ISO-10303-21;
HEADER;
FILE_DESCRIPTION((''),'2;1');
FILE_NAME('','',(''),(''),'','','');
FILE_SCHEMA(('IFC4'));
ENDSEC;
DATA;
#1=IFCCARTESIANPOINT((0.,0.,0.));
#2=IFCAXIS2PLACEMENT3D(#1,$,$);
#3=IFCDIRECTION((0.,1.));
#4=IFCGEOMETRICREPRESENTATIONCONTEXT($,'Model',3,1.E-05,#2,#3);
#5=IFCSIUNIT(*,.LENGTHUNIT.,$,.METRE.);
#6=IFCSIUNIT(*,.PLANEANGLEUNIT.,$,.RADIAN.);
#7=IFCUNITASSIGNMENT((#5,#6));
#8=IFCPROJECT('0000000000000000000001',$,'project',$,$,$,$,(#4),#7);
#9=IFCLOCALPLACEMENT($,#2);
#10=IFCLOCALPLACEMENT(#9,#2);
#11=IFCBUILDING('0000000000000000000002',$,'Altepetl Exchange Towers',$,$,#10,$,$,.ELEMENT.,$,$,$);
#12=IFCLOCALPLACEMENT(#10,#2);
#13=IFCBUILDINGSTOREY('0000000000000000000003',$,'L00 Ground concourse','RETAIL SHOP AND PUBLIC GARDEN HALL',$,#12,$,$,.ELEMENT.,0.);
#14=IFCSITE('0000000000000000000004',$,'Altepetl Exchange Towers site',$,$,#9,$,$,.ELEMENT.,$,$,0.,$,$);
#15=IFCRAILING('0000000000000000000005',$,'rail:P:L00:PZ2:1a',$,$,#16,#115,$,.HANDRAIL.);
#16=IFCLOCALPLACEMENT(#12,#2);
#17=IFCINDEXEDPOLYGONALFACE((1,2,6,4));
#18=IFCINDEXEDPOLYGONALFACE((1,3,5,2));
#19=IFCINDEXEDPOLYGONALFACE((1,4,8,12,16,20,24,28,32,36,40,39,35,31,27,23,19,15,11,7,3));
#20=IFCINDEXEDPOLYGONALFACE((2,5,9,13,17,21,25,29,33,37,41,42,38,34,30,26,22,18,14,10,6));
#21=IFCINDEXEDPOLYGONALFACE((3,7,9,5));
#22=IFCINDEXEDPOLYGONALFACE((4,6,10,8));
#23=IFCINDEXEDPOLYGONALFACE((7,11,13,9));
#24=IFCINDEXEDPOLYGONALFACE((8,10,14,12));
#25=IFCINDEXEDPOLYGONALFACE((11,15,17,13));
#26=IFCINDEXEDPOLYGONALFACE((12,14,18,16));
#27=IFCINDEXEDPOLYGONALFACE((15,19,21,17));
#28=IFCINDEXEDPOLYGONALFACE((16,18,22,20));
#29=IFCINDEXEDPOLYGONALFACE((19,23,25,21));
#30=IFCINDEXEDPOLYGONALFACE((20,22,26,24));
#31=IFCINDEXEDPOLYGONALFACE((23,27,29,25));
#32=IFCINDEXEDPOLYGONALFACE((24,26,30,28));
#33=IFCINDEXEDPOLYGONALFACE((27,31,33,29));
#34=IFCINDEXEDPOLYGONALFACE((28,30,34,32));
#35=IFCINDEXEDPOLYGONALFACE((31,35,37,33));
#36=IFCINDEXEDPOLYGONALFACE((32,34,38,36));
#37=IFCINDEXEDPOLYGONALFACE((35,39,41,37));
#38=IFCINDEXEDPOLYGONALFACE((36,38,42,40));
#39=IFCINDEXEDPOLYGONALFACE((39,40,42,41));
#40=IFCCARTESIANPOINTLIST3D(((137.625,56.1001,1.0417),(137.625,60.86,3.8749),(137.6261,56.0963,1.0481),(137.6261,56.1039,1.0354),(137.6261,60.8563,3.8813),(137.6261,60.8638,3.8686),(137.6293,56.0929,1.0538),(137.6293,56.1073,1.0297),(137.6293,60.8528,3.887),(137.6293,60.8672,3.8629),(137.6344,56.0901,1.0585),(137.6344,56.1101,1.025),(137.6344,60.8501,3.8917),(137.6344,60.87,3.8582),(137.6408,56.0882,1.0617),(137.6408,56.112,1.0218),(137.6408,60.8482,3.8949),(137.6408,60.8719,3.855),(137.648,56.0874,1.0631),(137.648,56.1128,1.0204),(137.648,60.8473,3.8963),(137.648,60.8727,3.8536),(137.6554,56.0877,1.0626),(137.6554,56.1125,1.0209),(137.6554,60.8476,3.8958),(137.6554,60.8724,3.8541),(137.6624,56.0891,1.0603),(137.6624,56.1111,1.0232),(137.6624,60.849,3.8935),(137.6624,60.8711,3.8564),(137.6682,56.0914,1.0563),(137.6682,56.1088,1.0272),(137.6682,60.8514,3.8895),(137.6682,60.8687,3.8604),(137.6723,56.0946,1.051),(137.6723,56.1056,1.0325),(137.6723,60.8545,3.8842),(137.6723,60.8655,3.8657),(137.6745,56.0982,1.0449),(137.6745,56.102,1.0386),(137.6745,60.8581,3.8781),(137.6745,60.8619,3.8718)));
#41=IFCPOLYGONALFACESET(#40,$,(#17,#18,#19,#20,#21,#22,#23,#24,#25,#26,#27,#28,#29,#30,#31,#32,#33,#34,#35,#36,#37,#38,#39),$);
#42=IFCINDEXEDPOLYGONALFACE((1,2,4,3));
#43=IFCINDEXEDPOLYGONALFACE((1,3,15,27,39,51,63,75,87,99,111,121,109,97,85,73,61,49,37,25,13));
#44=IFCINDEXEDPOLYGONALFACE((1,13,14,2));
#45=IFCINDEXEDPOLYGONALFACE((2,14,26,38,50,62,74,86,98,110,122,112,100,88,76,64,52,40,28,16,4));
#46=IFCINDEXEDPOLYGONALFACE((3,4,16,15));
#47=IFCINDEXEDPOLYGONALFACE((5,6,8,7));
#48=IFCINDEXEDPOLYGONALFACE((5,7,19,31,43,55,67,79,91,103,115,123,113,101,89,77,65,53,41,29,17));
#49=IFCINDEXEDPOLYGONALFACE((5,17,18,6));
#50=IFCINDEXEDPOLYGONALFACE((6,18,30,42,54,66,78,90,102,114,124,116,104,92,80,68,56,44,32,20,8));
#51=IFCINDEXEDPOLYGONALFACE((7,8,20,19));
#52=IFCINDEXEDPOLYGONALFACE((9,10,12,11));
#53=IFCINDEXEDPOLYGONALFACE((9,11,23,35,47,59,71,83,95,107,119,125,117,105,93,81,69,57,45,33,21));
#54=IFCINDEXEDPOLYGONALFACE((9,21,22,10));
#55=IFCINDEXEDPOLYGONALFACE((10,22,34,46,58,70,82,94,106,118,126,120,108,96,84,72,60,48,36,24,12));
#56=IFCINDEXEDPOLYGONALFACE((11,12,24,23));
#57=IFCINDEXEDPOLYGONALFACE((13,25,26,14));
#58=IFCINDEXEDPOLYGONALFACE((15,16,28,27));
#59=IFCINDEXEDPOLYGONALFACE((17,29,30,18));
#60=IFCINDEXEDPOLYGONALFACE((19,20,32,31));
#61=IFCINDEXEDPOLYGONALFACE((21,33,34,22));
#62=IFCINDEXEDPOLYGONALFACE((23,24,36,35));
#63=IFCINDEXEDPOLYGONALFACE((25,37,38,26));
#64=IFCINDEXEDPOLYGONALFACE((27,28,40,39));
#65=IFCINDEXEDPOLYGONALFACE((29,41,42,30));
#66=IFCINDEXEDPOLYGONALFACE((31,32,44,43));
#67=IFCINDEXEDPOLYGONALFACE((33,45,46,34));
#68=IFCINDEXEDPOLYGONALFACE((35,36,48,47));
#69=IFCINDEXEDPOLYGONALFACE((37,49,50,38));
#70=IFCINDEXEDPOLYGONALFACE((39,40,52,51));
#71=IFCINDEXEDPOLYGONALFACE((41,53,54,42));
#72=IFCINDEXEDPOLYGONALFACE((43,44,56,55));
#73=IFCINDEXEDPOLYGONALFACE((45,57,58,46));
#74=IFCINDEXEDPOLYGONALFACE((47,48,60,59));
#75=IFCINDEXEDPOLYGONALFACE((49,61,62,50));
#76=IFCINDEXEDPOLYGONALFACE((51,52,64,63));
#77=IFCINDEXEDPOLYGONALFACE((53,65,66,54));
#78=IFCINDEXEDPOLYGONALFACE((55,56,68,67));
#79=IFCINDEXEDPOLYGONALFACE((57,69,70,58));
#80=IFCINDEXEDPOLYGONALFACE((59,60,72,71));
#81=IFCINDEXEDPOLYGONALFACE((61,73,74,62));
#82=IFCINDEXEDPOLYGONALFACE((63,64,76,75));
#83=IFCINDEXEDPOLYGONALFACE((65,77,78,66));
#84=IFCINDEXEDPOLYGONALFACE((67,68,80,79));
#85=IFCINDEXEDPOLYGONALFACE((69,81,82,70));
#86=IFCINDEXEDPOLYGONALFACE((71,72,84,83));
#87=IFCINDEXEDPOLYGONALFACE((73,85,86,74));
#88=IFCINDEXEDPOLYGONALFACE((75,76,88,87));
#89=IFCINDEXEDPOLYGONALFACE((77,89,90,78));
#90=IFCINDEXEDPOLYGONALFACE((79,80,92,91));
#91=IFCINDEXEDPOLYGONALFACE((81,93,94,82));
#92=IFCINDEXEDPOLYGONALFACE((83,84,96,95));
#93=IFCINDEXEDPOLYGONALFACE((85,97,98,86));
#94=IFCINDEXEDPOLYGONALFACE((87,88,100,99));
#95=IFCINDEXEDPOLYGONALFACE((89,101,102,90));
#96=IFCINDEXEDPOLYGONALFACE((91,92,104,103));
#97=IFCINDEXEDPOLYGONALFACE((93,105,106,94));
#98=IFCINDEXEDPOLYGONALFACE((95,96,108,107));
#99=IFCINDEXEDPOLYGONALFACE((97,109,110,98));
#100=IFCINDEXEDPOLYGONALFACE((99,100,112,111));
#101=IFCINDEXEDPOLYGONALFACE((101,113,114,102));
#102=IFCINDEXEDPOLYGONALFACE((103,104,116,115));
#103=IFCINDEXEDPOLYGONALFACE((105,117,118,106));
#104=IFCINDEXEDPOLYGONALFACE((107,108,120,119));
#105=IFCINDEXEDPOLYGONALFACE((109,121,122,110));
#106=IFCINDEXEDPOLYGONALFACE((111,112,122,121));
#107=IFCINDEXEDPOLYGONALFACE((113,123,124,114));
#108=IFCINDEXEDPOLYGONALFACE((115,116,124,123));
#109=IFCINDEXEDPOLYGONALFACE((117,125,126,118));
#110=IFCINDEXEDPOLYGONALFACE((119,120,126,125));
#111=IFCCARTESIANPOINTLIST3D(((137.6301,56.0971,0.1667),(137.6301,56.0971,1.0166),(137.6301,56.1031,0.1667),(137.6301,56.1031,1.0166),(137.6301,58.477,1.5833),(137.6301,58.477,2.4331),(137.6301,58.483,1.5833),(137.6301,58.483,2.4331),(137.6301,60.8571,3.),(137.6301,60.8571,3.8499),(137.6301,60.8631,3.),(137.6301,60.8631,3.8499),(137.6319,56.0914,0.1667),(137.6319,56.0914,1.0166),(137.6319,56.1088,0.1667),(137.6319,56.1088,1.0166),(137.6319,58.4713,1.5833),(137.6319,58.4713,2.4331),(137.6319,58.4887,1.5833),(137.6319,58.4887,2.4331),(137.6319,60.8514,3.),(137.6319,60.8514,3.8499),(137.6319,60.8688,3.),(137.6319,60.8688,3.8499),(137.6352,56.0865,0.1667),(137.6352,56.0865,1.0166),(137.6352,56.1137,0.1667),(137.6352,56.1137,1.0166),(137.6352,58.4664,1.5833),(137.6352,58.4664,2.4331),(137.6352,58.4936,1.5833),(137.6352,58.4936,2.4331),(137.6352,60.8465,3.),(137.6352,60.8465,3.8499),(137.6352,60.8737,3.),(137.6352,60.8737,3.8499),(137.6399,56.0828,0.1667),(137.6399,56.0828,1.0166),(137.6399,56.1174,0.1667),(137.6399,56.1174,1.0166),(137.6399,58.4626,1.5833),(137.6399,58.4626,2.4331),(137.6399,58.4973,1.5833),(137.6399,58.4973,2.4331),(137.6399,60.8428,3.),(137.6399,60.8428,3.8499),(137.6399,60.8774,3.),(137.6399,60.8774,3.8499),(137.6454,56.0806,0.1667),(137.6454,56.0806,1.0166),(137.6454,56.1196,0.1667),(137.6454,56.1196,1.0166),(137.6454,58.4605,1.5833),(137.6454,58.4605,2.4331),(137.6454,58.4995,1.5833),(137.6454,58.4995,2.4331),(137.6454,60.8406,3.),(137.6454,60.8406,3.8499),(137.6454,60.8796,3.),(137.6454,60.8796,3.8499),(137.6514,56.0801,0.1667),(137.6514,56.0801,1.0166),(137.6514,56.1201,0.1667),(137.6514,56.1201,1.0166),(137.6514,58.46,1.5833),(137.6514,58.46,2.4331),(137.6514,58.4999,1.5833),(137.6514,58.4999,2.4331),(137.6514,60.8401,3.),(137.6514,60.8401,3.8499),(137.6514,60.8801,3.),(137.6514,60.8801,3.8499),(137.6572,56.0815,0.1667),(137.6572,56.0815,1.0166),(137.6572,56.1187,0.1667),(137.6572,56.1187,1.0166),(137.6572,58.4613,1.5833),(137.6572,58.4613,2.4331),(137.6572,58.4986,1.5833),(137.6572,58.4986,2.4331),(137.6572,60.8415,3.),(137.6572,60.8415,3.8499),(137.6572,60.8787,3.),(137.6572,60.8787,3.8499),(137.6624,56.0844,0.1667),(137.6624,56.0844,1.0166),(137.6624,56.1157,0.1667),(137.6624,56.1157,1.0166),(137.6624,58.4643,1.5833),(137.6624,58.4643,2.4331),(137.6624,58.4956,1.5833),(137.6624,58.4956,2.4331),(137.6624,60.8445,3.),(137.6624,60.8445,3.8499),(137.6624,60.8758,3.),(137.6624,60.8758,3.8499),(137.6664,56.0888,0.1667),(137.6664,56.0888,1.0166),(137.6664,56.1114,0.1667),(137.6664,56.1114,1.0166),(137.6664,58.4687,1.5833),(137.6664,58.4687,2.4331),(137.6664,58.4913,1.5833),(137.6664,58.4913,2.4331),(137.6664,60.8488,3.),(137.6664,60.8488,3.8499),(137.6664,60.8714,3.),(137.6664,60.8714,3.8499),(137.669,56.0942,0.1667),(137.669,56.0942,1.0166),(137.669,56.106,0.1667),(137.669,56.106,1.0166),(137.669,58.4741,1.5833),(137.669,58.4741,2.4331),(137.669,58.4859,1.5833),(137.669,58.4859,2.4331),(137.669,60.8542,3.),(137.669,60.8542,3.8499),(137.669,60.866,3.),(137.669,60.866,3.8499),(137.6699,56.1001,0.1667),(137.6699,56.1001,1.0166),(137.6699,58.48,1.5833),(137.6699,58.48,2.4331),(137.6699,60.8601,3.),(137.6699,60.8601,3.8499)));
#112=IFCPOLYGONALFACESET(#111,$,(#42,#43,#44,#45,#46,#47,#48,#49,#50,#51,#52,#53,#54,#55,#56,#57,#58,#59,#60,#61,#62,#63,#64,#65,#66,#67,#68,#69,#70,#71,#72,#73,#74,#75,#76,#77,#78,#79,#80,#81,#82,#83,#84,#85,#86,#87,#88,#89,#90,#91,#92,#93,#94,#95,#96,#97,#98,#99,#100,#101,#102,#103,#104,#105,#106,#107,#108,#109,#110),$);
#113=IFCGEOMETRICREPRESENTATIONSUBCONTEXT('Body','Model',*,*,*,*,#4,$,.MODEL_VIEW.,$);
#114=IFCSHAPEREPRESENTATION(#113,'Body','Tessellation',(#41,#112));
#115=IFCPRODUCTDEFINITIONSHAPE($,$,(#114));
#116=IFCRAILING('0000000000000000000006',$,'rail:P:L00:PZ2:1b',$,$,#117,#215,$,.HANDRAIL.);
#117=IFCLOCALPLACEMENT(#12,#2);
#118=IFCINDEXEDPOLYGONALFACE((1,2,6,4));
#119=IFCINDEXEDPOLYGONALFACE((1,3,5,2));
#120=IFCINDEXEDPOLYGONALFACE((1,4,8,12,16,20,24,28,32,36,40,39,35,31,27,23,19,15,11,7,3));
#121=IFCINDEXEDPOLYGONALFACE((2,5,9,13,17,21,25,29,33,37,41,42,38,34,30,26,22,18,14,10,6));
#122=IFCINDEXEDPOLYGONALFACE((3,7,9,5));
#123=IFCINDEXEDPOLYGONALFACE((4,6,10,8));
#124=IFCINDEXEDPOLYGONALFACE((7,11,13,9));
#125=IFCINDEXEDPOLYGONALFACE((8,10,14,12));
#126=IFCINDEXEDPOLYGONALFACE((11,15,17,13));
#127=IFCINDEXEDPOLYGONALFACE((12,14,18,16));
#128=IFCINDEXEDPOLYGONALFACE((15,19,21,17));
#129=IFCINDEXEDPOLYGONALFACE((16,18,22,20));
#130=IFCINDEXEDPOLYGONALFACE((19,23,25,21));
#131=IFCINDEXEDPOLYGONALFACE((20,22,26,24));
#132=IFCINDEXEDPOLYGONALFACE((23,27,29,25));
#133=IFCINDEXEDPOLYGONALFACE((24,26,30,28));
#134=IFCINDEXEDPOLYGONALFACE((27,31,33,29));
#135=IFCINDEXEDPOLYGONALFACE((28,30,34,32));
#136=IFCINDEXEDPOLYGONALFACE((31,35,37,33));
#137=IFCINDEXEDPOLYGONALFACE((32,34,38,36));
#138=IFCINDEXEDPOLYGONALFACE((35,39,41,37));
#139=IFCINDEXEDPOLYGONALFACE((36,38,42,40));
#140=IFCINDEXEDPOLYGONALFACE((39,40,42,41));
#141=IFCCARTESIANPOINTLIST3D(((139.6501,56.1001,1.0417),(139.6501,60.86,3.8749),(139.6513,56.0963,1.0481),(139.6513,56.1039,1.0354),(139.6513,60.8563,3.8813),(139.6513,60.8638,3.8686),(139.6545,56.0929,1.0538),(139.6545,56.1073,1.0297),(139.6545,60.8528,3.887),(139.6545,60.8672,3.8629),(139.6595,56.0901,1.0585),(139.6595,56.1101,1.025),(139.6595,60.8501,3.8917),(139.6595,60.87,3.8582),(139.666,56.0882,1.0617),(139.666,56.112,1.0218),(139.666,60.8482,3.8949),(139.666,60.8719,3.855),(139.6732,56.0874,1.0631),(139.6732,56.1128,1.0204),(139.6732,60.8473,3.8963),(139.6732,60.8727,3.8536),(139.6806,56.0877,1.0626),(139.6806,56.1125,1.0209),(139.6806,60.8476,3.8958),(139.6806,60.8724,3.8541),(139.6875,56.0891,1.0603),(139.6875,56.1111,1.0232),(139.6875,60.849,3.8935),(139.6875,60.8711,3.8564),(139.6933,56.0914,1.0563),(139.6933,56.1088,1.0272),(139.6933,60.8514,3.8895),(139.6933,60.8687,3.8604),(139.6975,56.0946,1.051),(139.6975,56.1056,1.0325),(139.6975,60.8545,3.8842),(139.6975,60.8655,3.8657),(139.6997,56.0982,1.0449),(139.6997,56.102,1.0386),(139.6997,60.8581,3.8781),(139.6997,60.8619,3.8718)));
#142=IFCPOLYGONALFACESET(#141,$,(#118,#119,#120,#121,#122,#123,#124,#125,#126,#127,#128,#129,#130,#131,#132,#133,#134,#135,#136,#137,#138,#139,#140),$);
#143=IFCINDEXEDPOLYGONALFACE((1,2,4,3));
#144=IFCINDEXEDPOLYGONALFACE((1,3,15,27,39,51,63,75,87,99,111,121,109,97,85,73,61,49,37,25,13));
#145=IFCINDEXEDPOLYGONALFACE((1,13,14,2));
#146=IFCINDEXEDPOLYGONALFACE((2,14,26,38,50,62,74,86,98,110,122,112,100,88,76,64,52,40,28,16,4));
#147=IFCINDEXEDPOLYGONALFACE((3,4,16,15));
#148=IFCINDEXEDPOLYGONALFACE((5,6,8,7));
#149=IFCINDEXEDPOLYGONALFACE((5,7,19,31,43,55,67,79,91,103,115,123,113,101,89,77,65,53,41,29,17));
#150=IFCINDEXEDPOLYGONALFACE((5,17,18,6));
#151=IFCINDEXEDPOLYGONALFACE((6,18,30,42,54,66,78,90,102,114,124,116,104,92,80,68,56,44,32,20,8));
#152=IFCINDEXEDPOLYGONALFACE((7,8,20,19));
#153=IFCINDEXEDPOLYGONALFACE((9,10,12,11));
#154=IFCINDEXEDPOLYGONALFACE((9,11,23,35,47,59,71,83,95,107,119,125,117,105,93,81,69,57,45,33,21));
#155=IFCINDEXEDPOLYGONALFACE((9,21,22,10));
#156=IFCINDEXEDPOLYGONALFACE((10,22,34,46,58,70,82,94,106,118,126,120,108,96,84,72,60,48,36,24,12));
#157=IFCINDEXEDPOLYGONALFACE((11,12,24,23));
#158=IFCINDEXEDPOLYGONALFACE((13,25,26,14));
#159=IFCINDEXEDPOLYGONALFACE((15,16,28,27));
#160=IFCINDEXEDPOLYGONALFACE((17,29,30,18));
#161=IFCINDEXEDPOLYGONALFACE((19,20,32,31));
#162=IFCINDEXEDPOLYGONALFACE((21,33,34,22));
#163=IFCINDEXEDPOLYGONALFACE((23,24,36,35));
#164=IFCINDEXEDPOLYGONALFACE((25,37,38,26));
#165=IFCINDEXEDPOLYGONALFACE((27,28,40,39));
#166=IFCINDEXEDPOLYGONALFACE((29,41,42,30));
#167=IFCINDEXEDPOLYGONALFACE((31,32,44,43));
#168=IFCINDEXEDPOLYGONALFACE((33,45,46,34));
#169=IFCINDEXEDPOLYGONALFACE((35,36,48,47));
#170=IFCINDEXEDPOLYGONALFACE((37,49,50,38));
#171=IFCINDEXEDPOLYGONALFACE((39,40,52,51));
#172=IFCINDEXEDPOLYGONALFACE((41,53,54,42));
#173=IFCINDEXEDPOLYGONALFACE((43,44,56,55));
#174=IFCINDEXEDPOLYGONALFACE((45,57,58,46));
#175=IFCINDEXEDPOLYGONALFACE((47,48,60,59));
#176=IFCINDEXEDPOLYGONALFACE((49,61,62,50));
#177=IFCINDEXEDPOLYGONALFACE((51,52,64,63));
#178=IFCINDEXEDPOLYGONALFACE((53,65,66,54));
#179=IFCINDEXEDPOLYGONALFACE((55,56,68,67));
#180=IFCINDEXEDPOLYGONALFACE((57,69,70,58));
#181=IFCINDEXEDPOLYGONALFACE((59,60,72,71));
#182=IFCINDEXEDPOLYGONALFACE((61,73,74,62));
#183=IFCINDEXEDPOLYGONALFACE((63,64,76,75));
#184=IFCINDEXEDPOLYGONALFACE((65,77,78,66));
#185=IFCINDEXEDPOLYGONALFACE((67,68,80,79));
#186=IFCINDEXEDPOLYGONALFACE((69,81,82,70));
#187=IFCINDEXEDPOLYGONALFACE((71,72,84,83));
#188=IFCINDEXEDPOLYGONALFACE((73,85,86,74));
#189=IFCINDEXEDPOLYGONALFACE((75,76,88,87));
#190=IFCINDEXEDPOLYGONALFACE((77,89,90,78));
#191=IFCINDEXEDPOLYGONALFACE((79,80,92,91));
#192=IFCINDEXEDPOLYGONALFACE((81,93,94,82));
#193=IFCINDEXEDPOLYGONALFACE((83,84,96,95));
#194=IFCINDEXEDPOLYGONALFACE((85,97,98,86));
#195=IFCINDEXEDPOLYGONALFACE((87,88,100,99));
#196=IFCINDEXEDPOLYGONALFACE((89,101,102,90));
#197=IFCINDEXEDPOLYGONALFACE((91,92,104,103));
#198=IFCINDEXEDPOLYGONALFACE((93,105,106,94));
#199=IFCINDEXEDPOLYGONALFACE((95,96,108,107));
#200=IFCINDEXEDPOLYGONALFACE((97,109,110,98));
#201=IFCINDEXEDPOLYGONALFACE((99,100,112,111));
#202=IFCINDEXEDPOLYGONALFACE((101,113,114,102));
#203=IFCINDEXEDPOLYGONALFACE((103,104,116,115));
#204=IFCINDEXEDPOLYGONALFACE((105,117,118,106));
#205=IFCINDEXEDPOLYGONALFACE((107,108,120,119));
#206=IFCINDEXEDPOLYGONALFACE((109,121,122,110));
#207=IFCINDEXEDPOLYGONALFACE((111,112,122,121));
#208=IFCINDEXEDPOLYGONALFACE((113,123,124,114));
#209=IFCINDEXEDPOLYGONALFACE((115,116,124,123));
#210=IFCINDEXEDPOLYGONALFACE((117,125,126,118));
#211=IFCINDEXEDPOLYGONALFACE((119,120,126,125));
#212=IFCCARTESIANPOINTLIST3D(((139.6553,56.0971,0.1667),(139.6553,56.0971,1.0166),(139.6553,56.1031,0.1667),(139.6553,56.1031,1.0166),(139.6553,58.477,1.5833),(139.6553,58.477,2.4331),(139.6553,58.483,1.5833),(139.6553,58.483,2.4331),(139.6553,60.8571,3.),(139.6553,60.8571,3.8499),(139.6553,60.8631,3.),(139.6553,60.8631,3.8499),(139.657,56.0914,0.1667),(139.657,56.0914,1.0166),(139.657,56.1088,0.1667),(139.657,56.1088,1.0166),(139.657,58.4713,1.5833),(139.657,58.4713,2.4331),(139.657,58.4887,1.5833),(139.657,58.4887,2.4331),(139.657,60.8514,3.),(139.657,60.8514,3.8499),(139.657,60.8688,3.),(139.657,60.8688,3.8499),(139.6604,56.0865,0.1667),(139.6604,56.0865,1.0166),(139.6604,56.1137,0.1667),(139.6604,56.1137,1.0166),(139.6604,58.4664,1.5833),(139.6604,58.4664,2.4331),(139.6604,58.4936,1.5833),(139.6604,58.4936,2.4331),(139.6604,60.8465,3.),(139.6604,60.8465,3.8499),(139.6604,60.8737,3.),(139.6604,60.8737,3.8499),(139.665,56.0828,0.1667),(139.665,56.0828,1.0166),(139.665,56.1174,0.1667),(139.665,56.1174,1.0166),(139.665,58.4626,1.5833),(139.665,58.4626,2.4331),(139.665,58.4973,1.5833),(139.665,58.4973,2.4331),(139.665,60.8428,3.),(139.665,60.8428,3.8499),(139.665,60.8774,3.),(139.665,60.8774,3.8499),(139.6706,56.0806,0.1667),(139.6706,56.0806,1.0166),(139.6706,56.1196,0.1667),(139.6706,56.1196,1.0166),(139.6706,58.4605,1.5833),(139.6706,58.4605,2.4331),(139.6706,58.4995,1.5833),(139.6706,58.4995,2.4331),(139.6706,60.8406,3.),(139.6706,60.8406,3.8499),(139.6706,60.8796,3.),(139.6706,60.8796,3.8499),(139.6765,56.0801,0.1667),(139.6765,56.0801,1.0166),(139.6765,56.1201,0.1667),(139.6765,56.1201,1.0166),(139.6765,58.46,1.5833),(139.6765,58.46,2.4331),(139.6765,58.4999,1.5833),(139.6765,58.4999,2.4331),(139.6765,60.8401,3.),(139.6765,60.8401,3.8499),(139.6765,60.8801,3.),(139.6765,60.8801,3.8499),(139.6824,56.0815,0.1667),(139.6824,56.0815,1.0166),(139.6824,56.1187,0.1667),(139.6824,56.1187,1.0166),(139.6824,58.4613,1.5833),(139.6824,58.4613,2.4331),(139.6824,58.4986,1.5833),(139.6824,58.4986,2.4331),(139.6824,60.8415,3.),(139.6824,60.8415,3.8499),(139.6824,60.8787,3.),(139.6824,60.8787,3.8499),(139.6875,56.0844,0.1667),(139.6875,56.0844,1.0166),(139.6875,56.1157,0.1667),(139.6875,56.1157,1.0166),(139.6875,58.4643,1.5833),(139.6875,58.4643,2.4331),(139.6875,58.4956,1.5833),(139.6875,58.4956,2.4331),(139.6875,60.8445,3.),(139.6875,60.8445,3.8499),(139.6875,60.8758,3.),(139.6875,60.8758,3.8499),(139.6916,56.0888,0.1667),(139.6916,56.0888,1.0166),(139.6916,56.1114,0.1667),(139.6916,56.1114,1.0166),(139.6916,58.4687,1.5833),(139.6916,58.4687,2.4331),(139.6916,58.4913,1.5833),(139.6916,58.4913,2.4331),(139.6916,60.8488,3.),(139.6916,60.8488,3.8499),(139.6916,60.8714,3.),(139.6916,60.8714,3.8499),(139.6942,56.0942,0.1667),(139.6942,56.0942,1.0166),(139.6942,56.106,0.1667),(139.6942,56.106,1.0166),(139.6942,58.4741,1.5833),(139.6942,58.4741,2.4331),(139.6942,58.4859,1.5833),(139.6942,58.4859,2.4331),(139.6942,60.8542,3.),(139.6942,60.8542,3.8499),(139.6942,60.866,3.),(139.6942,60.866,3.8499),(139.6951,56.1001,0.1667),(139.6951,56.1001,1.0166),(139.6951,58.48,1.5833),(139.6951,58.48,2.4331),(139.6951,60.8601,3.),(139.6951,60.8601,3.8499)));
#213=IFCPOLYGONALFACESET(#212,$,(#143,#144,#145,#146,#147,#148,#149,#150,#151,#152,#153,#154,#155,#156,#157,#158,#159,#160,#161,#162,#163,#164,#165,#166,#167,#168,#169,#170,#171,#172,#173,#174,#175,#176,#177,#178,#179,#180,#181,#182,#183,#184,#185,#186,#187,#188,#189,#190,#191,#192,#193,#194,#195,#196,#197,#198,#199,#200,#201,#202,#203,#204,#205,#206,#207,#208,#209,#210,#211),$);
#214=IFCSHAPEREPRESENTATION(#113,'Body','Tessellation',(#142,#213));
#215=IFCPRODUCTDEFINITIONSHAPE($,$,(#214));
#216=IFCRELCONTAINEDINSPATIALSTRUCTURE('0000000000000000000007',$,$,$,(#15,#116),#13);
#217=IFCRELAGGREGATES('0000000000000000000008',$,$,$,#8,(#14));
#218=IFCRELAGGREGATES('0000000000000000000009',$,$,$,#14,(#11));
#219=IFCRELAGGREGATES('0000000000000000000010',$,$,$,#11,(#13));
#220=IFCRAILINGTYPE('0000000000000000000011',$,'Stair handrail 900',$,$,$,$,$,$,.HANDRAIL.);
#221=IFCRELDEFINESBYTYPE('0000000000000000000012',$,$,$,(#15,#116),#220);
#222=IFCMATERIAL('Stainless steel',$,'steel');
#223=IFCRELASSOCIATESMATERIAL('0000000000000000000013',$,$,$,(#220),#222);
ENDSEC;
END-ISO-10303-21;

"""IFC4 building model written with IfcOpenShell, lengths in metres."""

from ifc_helpers import new_model, si_unit, direction, frame, origin, origin_2d, place, context, subcontext, project, spatial, circle, extrude, source, transform, mapped, material, type_object, element, save


model = new_model("IFC4")

# Units and contexts
model_context = context("Model", 3, precision=1e-05, world=origin(), true_north=direction((0.0, 1.0)))
body_context = subcontext(model_context, "Body", "Model", "MODEL_VIEW")
ifc_project = project(units=[si_unit("LENGTHUNIT", "METRE"), si_unit("PLANEANGLEUNIT", "RADIAN")], contexts=[model_context])

# Site, building, storey
site_placement = place(None, origin())
site = spatial("IfcSite", under=ifc_project, at=site_placement, Name="Altepetl Exchange Towers site", CompositionType="ELEMENT", RefElevation=0.0)
building_placement = place(site_placement, origin())
building = spatial("IfcBuilding", under=site, at=building_placement, Name="Altepetl Exchange Towers", CompositionType="ELEMENT")
storey_placement = place(building_placement, origin())
storey = spatial("IfcBuildingStorey", under=building, at=storey_placement, Name="L00 Ground concourse", Description="RETAIL SHOP AND PUBLIC GARDEN HALL", CompositionType="ELEMENT", Elevation=0.0)

# Railings
ifc_material_1 = material(Name="Stainless steel", Category="steel")
railing_type = type_object("IfcRailingType", Name="Stair handrail 900", PredefinedType="HANDRAIL", material=ifc_material_1)
shared_shape = source(origin(), body_context, "Body", "SweptSolid", [
    extrude(circle(Radius=0.02, at=origin_2d()), origin(), (0.0, 0.0, 1.0), 0.8499),
])
for number, where, name in (
    (1, (137.6499, 56.1001, 0.1667), "rail:P:L00:PZ2:1a"),
    (2, (139.675, 56.1001, 0.1667), "rail:P:L00:PZ2:1b"),
):
    element("IfcRailing", number, at=place(storey_placement, frame(where)), inside=storey, type_object=railing_type, Name=name, PredefinedType="HANDRAIL", context=body_context, shape_type="SweptSolid", body=[
        extrude(circle(Radius=0.0249, at=origin_2d()), frame((0.0, 0.0, 0.875), z_axis=(0.0, 0.8593, 0.511472), x_axis=(-1.0, 0.0, 0.0)), (0.0, 0.0, 1.0), 5.5393),
        mapped(shared_shape, transform((0.0, 0.0, 0.0))),
        mapped(shared_shape, transform((0.0, 2.3799, 1.4165))),
        mapped(shared_shape, transform((0.0, 4.76, 2.8333))),
    ])

save(model, "model.ifc")
